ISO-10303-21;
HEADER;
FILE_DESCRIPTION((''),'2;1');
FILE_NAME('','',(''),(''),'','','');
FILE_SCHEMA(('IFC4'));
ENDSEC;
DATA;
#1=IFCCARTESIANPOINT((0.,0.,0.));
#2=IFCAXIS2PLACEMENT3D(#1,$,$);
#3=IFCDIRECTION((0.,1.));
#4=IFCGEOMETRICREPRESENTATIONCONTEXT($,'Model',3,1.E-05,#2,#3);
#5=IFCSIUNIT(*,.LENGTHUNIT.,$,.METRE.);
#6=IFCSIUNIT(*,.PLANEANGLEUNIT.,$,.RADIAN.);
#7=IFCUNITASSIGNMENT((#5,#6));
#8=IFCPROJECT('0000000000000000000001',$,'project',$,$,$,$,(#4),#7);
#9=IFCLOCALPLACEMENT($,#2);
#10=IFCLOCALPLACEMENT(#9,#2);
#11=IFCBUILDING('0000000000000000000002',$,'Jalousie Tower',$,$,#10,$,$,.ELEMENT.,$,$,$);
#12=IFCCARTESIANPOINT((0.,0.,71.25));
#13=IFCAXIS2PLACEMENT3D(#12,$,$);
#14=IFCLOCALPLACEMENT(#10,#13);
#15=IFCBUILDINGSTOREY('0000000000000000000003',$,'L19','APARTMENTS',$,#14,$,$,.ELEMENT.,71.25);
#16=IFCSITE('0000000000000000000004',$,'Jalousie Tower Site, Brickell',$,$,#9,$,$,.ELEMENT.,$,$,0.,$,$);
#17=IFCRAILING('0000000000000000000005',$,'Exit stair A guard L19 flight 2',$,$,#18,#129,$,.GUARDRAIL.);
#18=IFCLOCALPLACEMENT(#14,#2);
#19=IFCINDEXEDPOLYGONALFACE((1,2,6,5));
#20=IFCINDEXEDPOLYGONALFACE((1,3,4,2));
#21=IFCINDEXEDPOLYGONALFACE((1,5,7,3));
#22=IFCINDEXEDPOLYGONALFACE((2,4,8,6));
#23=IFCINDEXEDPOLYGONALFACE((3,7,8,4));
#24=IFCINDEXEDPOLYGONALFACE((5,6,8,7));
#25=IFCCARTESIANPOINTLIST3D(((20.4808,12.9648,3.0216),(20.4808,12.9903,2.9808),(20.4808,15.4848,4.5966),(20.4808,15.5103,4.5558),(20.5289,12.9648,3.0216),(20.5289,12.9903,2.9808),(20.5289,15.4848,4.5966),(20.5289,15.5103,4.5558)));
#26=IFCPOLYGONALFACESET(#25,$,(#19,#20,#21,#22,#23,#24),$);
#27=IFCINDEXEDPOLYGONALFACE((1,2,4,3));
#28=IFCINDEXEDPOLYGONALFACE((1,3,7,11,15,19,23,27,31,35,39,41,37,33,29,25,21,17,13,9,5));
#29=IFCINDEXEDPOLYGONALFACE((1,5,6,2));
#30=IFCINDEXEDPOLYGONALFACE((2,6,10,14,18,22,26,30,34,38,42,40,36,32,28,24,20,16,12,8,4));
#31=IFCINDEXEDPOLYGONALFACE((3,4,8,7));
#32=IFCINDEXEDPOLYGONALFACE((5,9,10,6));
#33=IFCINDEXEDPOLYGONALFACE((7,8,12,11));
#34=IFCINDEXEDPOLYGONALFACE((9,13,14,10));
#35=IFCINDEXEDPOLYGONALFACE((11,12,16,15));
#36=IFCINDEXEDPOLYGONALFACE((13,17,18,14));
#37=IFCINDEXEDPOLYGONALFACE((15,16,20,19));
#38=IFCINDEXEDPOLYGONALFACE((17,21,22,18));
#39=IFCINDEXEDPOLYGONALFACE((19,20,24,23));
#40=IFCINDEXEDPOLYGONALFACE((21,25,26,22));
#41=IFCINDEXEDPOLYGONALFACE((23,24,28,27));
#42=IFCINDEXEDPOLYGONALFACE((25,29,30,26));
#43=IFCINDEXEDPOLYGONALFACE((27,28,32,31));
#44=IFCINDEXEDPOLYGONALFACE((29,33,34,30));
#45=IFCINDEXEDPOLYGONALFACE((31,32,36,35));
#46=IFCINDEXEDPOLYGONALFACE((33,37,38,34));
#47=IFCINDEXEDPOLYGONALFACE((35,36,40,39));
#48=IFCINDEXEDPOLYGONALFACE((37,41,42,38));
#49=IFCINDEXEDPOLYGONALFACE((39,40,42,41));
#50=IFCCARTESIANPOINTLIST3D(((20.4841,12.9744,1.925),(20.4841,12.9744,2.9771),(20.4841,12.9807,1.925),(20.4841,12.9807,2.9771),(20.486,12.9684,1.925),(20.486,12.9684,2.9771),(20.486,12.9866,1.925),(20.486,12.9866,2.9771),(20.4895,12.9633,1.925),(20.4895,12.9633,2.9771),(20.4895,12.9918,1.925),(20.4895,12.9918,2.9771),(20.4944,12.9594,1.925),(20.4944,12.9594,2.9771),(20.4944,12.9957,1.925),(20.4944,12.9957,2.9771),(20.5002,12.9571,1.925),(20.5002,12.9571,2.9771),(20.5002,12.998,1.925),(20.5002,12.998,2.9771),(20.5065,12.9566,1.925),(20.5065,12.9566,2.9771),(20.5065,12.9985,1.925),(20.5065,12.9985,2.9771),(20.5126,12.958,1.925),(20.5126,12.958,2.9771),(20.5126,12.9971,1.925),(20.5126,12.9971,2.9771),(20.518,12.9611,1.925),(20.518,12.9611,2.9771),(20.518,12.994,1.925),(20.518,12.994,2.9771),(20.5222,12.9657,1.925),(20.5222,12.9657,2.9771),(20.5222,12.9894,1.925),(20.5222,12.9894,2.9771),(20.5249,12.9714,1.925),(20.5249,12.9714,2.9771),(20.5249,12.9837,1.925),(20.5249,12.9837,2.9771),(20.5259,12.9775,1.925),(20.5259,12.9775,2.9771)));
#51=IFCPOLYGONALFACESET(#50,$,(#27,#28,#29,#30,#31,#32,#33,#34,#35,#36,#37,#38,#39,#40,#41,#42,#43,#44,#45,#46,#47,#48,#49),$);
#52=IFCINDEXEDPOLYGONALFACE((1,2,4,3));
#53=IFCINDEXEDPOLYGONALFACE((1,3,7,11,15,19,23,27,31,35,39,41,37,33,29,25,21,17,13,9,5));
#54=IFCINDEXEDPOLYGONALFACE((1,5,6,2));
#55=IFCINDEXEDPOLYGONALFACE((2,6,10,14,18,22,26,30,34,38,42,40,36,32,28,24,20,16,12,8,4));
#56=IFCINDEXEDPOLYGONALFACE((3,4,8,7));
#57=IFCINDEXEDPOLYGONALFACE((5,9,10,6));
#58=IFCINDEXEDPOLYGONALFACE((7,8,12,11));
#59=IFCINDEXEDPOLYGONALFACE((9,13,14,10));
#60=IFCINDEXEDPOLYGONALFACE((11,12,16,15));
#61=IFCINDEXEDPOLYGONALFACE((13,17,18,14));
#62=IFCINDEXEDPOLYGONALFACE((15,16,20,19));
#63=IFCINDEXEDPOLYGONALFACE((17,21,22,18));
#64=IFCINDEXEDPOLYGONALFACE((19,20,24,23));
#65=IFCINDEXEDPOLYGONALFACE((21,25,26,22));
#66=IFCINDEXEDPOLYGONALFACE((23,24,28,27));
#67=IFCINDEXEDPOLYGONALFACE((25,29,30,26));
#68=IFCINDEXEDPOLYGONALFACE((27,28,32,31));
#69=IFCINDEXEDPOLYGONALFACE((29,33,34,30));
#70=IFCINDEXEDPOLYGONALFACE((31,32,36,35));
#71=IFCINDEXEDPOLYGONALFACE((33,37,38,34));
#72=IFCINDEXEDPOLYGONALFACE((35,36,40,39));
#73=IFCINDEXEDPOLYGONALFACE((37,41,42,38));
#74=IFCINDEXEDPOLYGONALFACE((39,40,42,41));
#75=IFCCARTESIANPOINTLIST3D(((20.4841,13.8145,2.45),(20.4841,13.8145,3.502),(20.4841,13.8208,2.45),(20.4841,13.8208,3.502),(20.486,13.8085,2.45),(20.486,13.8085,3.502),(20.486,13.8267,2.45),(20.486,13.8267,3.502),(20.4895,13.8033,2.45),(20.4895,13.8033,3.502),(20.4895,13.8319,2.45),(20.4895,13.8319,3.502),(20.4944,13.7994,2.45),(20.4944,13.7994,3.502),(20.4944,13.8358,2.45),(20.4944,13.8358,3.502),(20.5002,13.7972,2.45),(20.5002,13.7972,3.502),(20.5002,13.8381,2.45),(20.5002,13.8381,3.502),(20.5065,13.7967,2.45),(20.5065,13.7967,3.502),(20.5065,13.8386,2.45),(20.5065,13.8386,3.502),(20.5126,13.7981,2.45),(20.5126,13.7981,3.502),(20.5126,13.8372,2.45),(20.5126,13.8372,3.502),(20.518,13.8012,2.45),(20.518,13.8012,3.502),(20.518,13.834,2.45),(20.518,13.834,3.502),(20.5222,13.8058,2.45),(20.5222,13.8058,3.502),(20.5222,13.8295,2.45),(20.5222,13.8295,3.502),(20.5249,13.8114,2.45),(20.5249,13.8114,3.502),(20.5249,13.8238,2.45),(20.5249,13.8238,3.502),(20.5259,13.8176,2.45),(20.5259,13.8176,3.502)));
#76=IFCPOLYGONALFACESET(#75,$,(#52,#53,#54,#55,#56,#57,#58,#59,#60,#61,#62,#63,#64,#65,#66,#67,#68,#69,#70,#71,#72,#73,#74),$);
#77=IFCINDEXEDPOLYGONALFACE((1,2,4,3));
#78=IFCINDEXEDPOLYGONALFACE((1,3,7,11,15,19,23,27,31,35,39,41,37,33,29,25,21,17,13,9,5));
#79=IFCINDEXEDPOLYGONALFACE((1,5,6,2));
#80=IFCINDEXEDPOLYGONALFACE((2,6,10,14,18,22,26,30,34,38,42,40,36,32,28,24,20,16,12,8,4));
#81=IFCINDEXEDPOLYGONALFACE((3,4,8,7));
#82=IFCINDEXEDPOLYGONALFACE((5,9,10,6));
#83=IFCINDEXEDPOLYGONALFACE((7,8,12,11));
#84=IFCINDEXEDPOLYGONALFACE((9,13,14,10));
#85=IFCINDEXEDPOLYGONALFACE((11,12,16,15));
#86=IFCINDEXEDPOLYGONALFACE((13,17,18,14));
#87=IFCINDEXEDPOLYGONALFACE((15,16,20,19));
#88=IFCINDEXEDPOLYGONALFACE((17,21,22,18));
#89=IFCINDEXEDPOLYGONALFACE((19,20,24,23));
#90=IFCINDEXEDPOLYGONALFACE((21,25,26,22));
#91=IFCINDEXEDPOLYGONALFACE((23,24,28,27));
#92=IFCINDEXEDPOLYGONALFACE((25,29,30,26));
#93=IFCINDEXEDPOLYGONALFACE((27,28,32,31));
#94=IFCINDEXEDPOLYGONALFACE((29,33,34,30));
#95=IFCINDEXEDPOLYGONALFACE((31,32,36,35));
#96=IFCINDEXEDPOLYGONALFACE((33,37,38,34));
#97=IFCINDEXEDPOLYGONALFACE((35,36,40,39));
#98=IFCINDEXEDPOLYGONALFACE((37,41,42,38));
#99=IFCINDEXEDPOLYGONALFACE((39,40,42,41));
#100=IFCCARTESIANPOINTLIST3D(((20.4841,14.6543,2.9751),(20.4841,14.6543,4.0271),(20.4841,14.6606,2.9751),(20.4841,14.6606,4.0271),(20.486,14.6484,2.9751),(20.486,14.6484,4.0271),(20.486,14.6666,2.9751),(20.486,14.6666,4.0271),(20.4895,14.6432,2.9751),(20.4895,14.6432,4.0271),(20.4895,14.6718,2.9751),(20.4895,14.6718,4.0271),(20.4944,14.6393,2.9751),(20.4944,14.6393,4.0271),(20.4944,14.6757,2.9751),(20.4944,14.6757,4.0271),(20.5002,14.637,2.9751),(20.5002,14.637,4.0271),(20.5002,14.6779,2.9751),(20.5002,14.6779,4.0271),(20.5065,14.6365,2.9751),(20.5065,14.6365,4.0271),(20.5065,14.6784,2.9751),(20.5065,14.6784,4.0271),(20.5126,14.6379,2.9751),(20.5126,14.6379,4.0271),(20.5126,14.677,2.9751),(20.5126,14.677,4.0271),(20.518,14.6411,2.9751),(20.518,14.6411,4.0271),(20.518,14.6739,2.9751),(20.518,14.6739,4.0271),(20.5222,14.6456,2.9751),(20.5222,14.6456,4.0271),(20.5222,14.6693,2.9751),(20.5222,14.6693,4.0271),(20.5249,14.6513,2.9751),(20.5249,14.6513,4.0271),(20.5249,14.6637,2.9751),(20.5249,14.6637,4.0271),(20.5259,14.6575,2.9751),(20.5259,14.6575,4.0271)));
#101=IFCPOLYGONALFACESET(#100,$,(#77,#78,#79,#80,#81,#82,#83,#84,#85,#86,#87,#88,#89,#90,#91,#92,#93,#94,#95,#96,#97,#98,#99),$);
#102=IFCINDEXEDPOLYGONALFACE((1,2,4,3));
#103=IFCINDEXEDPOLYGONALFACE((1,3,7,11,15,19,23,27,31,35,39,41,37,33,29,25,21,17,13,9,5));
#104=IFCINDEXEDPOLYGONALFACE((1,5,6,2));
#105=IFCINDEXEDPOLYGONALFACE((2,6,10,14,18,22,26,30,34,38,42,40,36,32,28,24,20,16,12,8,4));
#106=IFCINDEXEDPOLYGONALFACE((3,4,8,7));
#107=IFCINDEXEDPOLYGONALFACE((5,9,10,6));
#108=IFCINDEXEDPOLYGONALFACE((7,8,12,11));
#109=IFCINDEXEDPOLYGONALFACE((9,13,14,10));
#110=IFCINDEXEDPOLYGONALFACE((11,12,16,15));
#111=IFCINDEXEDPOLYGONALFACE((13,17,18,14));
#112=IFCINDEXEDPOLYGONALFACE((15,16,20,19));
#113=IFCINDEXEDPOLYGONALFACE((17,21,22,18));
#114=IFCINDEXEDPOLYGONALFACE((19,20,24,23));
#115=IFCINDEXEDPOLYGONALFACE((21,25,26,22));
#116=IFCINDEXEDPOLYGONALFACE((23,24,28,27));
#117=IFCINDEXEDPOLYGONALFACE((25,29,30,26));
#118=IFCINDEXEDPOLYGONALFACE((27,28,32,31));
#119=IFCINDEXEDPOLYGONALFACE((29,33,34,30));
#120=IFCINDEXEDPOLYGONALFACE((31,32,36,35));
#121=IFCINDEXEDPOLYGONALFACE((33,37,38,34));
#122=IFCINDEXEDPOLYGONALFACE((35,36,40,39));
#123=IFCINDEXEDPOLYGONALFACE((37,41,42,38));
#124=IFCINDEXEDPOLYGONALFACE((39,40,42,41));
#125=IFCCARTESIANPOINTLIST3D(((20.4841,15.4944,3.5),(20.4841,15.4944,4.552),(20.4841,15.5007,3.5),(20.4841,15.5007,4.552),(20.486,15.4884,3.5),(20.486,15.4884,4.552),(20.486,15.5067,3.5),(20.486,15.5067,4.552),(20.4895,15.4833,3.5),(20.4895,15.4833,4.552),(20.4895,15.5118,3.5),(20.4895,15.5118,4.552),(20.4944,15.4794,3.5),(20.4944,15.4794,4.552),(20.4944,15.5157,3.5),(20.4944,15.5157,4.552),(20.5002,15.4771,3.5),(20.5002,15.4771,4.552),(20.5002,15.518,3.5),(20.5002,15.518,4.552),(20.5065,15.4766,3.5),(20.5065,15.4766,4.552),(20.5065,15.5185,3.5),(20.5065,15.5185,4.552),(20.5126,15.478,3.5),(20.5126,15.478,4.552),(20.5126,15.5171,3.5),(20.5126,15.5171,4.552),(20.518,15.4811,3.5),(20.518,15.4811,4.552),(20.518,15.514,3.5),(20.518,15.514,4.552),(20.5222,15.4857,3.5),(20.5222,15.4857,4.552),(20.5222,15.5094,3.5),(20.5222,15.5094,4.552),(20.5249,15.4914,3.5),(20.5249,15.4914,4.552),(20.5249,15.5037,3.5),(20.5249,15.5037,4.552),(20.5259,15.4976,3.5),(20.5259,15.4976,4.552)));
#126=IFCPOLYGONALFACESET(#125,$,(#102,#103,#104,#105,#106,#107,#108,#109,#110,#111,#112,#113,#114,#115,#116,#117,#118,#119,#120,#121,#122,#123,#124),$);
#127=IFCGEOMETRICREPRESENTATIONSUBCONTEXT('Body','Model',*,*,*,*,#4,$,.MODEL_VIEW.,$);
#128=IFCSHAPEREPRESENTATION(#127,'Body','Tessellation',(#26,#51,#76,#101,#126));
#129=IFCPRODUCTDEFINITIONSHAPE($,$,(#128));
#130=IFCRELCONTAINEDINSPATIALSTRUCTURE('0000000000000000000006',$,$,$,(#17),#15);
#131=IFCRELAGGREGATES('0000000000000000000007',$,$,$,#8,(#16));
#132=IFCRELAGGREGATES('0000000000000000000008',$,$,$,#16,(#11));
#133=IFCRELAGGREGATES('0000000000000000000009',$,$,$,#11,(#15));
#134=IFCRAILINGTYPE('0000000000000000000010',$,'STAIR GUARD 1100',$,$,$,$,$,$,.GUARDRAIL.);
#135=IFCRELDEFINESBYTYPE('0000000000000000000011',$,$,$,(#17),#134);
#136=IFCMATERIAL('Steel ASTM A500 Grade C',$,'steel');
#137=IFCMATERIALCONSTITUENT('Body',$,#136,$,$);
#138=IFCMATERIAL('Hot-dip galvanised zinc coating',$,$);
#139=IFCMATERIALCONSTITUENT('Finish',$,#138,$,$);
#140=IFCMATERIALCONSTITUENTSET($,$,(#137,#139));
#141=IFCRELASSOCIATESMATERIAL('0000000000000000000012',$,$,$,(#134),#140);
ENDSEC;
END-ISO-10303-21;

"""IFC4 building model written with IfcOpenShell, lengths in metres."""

from ifc_helpers import new_model, si_unit, direction, frame, origin, origin_2d, place, context, subcontext, project, spatial, rectangle, circle, extrude, material, constituent, constituent_set, type_object, element, save


model = new_model("IFC4")

# Units and contexts
model_context = context("Model", 3, precision=1e-05, world=origin(), true_north=direction((0.0, 1.0)))
body_context = subcontext(model_context, "Body", "Model", "MODEL_VIEW")
ifc_project = project(units=[si_unit("LENGTHUNIT", "METRE"), si_unit("PLANEANGLEUNIT", "RADIAN")], contexts=[model_context])

# Site, building, storey
site_placement = place(None, origin())
site = spatial("IfcSite", under=ifc_project, at=site_placement, Name="Jalousie Tower Site, Brickell", CompositionType="ELEMENT", RefElevation=0.0)
building_placement = place(site_placement, origin())
building = spatial("IfcBuilding", under=site, at=building_placement, Name="Jalousie Tower", CompositionType="ELEMENT")
storey_placement = place(building_placement, frame((0.0, 0.0, 71.25)))
storey = spatial("IfcBuildingStorey", under=building, at=storey_placement, Name="L19", Description="APARTMENTS", CompositionType="ELEMENT", Elevation=71.25)

# Railing
ifc_material_1 = material(Name="Steel ASTM A500 Grade C", Category="steel")
ifc_constituent_1 = constituent(ifc_material_1, Name="Body")
ifc_material_2 = material(Name="Hot-dip galvanised zinc coating")
ifc_constituent_2 = constituent(ifc_material_2, Name="Finish")
ifc_constituent_set_1 = constituent_set(constituents=[ifc_constituent_1, ifc_constituent_2])
railing_type_1 = type_object("IfcRailingType", Name="STAIR GUARD 1100", PredefinedType="GUARDRAIL", material=ifc_constituent_set_1)
railing_1_placement = place(storey_placement, frame((20.5049, 12.9775, 1.925)))
element("IfcRailing", 1, at=railing_1_placement, inside=storey, type_object=railing_type_1, Name="Exit stair A guard L19 flight 2", PredefinedType="GUARDRAIL", context=body_context, shape_type="SweptSolid", body=[
    extrude(rectangle(XDim=0.0481, YDim=0.0481, at=origin_2d()), frame((0.0, 0.0, 1.0762), z_axis=(0.0, 0.848008, 0.529984), x_axis=(-1.0, 0.0, 0.0)), (0.0, 0.0, 1.0), 2.9717),
    extrude(circle(Radius=0.021, at=origin_2d()), origin(), (0.0, 0.0, 1.0), 1.052),
    extrude(circle(Radius=0.021, at=origin_2d()), frame((0.0, 0.8401, 0.5249)), (0.0, 0.0, 1.0), 1.052),
    extrude(circle(Radius=0.021, at=origin_2d()), frame((0.0, 1.6799, 1.05)), (0.0, 0.0, 1.0), 1.052),
    extrude(circle(Radius=0.021, at=origin_2d()), frame((0.0, 2.52, 1.575)), (0.0, 0.0, 1.0), 1.052),
])

save(model, "model.ifc")
